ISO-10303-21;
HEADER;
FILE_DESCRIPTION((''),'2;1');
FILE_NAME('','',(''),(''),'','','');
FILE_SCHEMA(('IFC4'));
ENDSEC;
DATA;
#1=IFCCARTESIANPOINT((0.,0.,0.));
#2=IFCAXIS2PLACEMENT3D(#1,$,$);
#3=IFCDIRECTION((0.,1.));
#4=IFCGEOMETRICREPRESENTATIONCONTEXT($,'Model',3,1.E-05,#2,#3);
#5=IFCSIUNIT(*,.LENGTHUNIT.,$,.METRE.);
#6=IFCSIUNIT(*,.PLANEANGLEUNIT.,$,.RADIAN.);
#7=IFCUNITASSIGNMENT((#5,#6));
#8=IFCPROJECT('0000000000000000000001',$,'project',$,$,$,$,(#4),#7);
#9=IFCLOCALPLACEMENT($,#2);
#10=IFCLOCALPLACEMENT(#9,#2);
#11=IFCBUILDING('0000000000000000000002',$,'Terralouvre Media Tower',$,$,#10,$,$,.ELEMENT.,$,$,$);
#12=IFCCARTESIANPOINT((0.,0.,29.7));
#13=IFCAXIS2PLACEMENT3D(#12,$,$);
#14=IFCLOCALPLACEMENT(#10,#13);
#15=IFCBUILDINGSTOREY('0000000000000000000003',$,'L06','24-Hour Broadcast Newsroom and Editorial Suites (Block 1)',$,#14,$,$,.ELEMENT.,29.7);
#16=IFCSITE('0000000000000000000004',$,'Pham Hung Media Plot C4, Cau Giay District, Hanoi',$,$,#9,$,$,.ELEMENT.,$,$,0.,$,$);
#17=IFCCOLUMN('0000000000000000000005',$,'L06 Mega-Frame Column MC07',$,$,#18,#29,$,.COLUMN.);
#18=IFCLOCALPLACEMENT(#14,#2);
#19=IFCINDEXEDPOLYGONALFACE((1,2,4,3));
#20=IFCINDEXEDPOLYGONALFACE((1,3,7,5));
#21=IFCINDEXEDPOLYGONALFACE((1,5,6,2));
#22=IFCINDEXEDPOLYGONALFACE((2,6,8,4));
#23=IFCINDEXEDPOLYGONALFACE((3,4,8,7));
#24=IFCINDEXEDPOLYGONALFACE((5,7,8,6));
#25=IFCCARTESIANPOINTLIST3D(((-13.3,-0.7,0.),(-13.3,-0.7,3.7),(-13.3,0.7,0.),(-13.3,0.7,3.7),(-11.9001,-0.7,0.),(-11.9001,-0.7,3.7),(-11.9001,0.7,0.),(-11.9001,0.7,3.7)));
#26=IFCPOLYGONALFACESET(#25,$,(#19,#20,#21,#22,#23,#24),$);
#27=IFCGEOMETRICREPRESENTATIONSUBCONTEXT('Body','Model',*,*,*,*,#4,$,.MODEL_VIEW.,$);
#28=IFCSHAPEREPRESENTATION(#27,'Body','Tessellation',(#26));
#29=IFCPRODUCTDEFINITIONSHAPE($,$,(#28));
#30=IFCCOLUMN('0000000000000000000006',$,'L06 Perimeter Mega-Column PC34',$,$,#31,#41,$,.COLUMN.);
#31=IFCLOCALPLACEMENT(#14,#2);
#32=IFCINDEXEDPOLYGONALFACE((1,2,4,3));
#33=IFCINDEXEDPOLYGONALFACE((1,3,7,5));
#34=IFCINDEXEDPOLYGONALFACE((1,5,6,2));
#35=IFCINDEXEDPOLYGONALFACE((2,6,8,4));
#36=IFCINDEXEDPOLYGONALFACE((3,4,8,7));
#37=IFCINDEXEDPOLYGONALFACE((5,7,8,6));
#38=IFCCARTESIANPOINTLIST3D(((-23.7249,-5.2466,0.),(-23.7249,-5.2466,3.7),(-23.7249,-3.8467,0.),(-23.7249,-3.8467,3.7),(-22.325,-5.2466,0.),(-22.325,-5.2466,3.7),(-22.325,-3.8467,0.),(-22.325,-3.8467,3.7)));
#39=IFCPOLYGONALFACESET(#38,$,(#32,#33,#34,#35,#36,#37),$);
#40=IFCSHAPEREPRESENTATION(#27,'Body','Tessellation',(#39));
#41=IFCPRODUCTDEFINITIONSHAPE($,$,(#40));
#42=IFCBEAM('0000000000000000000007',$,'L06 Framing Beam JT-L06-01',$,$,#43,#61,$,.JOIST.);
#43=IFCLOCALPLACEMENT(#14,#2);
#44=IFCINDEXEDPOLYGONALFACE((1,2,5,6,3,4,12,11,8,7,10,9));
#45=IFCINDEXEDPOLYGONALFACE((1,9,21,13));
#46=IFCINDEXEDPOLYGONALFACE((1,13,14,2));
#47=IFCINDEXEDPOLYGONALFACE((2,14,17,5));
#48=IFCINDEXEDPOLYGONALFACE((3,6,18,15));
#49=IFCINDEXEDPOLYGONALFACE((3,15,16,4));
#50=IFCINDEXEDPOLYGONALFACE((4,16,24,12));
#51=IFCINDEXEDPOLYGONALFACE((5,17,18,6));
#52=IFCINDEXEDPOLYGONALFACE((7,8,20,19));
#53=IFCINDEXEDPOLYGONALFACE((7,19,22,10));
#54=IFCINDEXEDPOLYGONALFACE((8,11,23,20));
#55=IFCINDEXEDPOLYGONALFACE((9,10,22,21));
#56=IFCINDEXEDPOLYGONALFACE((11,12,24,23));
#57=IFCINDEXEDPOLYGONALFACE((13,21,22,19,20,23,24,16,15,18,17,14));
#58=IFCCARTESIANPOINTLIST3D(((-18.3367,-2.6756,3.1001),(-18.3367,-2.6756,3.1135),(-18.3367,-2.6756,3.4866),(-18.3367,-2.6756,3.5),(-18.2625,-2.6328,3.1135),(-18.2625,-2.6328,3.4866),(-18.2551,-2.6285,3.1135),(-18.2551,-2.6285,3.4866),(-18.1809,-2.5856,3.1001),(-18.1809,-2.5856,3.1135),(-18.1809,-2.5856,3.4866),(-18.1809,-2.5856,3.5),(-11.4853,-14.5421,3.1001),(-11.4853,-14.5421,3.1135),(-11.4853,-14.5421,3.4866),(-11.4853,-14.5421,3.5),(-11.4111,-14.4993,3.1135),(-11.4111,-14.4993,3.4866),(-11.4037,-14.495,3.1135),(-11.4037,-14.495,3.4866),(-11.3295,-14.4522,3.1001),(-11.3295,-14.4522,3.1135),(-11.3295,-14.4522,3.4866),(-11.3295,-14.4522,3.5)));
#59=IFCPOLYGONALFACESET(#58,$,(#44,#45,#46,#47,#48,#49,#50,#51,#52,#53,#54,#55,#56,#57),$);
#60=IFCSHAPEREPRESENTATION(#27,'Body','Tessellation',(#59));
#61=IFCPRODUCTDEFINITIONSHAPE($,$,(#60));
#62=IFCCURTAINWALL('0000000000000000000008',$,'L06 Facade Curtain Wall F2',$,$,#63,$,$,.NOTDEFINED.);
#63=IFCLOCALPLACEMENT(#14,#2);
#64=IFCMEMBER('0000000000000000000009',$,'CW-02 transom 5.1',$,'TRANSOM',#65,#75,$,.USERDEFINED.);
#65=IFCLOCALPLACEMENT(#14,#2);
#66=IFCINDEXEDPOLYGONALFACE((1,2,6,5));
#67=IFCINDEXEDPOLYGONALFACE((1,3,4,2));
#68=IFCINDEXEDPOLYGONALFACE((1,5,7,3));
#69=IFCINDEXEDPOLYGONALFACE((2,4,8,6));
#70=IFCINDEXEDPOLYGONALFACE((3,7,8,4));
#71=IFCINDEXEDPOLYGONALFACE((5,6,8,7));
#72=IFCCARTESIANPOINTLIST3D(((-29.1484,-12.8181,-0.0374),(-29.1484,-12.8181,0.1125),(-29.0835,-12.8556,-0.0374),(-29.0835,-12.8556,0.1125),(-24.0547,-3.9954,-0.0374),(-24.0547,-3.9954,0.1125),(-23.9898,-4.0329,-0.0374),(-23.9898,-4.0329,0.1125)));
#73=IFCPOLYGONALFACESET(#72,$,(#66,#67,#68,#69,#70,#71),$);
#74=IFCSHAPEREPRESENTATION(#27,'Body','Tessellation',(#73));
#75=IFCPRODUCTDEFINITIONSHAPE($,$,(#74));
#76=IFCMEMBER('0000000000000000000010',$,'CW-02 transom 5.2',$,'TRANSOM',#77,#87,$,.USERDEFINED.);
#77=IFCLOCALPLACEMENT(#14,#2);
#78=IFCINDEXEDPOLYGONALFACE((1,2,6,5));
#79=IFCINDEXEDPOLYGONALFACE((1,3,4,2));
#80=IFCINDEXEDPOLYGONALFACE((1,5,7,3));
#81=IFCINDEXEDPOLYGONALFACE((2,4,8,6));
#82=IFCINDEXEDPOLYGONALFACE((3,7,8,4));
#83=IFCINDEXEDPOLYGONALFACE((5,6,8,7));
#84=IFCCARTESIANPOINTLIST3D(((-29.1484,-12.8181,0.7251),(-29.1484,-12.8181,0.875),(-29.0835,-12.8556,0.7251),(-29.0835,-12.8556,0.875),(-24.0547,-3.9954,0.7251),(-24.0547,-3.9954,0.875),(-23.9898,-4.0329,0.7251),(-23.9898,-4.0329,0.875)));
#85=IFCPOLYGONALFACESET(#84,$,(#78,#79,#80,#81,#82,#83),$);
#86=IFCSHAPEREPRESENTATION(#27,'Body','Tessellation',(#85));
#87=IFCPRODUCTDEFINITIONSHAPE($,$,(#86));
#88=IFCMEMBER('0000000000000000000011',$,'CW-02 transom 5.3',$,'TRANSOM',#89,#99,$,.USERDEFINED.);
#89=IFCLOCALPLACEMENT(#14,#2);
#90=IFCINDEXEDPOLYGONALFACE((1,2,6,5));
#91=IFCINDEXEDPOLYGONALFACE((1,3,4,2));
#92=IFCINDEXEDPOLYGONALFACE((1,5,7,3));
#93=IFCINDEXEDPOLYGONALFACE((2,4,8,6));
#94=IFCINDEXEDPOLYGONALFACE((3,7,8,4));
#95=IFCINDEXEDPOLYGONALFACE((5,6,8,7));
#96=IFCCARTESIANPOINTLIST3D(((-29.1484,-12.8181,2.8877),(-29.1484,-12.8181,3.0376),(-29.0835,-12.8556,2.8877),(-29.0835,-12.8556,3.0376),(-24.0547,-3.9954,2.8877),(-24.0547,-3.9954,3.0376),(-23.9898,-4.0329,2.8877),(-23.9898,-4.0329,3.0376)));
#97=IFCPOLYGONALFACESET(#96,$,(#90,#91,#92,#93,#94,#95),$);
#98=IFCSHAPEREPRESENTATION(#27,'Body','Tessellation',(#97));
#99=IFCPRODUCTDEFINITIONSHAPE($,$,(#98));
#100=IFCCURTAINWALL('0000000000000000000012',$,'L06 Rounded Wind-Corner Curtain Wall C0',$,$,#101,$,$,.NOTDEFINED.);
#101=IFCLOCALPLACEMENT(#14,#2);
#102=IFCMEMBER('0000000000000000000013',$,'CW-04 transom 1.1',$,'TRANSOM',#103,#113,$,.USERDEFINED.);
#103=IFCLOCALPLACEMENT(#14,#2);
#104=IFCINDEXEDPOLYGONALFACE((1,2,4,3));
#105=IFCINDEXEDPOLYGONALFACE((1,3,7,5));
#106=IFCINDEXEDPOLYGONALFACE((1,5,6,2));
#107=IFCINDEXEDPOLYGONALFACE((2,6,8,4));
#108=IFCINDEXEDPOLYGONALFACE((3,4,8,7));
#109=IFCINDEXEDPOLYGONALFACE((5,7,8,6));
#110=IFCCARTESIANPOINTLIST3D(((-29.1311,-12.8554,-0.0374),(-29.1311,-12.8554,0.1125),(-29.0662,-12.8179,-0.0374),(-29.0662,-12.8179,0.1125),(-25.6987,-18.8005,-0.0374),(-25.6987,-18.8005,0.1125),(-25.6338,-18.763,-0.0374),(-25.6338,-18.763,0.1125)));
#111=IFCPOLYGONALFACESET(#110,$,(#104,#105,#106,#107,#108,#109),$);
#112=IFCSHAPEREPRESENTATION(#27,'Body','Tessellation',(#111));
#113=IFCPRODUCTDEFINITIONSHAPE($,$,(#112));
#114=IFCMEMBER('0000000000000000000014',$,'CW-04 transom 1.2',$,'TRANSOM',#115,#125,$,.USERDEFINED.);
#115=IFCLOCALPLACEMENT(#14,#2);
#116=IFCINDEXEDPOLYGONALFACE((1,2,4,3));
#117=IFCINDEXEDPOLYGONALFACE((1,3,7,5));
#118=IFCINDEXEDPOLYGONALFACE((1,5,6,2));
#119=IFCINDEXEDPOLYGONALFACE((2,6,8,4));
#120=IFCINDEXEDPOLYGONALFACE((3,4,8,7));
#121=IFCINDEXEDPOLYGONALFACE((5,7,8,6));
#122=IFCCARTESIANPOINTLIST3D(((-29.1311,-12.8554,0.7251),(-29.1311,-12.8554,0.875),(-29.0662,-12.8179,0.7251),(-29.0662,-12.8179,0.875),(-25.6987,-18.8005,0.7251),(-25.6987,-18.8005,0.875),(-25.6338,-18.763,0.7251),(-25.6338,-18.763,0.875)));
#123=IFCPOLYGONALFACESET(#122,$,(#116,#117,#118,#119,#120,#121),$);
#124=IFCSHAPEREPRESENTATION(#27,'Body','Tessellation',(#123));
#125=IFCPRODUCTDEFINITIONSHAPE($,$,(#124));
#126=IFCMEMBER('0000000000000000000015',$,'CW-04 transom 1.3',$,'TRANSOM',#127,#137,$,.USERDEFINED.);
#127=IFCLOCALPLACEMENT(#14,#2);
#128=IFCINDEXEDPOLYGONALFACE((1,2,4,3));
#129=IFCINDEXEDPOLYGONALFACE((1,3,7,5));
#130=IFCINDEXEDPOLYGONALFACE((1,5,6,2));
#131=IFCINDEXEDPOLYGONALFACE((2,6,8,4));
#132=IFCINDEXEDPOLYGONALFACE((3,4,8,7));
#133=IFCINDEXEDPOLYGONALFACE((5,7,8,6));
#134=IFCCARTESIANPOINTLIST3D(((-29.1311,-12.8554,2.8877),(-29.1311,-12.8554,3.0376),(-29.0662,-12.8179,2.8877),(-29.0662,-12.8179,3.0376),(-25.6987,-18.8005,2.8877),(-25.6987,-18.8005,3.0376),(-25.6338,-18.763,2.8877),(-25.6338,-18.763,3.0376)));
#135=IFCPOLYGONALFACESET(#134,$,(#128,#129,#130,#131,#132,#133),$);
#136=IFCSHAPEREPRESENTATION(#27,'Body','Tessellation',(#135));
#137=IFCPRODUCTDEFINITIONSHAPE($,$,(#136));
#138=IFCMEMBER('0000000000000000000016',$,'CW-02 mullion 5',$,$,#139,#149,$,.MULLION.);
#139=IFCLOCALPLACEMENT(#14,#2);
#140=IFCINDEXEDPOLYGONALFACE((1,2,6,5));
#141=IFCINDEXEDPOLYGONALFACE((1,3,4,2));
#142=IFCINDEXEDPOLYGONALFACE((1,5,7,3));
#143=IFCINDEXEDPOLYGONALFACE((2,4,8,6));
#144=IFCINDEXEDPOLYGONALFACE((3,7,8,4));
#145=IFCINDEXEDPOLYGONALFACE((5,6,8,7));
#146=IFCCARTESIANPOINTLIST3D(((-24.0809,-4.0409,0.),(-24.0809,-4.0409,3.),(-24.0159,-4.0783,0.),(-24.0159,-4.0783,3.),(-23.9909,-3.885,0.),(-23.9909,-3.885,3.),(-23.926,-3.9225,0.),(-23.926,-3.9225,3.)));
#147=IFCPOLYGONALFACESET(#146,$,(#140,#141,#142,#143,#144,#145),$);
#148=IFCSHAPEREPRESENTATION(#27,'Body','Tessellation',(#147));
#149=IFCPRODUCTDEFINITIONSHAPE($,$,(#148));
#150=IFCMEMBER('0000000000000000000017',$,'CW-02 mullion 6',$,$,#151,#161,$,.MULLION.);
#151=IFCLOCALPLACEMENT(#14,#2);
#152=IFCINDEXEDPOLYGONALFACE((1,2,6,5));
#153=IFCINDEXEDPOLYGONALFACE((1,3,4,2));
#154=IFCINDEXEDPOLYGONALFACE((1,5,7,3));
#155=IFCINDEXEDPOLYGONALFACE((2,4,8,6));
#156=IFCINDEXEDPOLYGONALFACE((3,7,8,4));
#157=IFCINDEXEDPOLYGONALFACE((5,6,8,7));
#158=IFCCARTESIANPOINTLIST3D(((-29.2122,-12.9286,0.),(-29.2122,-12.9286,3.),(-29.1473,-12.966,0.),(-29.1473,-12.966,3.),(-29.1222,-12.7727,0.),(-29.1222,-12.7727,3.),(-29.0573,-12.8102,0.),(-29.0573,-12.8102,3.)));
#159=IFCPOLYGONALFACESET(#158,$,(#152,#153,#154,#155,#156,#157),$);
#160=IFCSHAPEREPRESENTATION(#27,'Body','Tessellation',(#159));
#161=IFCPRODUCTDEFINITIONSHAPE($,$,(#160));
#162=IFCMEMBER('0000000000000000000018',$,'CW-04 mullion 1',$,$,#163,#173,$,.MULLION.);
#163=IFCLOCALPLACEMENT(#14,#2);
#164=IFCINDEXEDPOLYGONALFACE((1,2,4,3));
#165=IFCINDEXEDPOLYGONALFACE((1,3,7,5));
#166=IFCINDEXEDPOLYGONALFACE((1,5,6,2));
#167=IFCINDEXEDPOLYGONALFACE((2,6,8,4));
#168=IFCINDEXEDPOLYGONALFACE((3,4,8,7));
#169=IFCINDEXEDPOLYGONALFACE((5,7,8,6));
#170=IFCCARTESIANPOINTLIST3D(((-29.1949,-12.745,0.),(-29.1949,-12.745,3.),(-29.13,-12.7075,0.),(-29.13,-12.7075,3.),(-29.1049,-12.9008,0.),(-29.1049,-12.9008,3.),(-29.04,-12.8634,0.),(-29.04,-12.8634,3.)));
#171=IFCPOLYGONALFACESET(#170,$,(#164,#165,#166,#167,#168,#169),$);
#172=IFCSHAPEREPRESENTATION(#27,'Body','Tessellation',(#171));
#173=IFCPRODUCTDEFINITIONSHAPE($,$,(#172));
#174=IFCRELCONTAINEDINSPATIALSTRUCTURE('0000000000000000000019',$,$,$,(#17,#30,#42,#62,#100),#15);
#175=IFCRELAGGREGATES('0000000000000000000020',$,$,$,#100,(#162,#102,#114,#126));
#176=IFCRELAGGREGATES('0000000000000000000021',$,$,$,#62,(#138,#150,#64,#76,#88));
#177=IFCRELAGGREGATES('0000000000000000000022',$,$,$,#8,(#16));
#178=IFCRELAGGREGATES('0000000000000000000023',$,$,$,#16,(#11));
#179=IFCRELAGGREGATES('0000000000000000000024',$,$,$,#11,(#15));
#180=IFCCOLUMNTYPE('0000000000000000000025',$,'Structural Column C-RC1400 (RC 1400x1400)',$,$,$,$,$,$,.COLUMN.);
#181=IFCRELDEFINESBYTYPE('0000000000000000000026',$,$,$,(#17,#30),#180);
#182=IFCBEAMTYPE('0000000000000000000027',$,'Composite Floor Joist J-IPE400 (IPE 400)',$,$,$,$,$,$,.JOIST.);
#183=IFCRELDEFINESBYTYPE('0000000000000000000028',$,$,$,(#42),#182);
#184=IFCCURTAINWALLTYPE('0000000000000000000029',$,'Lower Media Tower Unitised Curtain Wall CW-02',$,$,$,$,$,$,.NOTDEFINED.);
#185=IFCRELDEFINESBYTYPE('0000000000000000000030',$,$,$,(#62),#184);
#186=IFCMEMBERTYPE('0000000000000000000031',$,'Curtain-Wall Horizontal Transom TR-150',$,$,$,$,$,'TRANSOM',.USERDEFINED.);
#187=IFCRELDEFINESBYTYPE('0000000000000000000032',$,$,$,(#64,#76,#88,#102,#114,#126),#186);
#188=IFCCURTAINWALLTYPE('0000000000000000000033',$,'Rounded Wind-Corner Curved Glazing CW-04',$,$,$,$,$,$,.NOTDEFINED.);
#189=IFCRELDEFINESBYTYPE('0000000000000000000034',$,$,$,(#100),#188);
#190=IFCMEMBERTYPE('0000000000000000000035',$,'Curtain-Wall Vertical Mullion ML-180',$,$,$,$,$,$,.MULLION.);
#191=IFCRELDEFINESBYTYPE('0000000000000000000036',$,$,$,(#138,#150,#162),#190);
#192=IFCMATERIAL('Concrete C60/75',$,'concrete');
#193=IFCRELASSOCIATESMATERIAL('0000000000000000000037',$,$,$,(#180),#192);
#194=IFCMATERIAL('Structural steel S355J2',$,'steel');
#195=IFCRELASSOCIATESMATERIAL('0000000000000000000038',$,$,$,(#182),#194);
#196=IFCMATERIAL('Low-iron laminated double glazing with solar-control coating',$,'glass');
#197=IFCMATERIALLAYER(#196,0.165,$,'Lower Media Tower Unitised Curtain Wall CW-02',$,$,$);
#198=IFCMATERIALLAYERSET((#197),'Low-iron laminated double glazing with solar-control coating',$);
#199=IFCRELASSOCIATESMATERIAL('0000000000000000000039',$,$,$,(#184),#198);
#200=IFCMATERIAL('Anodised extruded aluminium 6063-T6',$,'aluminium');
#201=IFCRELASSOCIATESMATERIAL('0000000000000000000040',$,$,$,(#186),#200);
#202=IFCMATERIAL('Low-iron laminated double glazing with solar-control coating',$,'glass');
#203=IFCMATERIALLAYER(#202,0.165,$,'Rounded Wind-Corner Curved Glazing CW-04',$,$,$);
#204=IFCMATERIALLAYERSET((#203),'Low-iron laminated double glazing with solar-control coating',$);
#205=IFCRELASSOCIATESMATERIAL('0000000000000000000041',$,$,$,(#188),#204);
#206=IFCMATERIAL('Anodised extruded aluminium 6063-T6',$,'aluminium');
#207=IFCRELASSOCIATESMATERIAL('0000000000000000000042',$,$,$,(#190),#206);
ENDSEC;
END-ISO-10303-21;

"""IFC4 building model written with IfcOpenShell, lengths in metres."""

from ifc_helpers import new_model, si_unit, direction, frame, origin, origin_2d, place, context, subcontext, project, spatial, rectangle, i_section, extrude, material, layer, layer_set, material_profile, profile_set, type_object, element, aggregate, save


model = new_model("IFC4")

# Units and contexts
model_context = context("Model", 3, precision=1e-05, world=origin(), true_north=direction((0.0, 1.0)))
body_context = subcontext(model_context, "Body", "Model", "MODEL_VIEW")
ifc_project = project(units=[si_unit("LENGTHUNIT", "METRE"), si_unit("PLANEANGLEUNIT", "RADIAN")], contexts=[model_context])

# Site, building, storey
site_placement = place(None, origin())
site = spatial("IfcSite", under=ifc_project, at=site_placement, Name="Pham Hung Media Plot C4, Cau Giay District, Hanoi", CompositionType="ELEMENT", RefElevation=0.0)
building_placement = place(site_placement, origin())
building = spatial("IfcBuilding", under=site, at=building_placement, Name="Terralouvre Media Tower", CompositionType="ELEMENT")
storey_placement = place(building_placement, frame((0.0, 0.0, 29.7)))
storey = spatial("IfcBuildingStorey", under=building, at=storey_placement, Name="L06", Description="24-Hour Broadcast Newsroom and Editorial Suites (Block 1)", CompositionType="ELEMENT", Elevation=29.7)

# Columns
ifc_material_1 = material(Name="Concrete C60/75", Category="concrete")
ifc_material_profile_1 = material_profile(ifc_material_1, rectangle(XDim=1.3999, YDim=1.3999, at=origin_2d()), Name="RC 1400x1400")
ifc_profile_set_1 = profile_set([ifc_material_profile_1], Name="Concrete C60/75")
column_type = type_object("IfcColumnType", Name="Structural Column C-RC1400 (RC 1400x1400)", PredefinedType="COLUMN", material=ifc_profile_set_1)
for number, where, z_axis, x_axis, name in (
    (1, (-12.6001, 0.0, 0.0), (0.0, 0.0, 1.0), (1.0, 0.0, 0.0), "L06 Mega-Frame Column MC07"),
    (2, (-23.0249, -4.5466, 0.0), (0.0, 0.0, 1.0), (1.0, 0.0, 0.0), "L06 Perimeter Mega-Column PC34"),
):
    element("IfcColumn", number, at=place(storey_placement, frame(where, z_axis=z_axis, x_axis=x_axis)), inside=storey, type_object=column_type, Name=name, PredefinedType="COLUMN", context=body_context, shape_type="SweptSolid", body=[
        extrude(rectangle(XDim=1.3999, YDim=1.3999, at=origin_2d()), origin(), (0.0, 0.0, 1.0), 3.7),
    ])

# Beam
ifc_material_2 = material(Name="Structural steel S355J2", Category="steel")
ifc_material_profile_2 = material_profile(ifc_material_2, i_section(OverallWidth=0.1799, OverallDepth=0.3999, WebThickness=0.0085, FlangeThickness=0.0134, at=origin_2d()), Name="IPE 400")
ifc_profile_set_2 = profile_set([ifc_material_profile_2], Name="Structural steel S355J2")
beam_type_1 = type_object("IfcBeamType", Name="Composite Floor Joist J-IPE400 (IPE 400)", PredefinedType="JOIST", material=ifc_profile_set_2)
beam_1_placement = place(storey_placement, frame((-18.2588, -2.6306, 3.3), z_axis=(0.500012, -0.866019, 0.0), x_axis=(0.866019, 0.500012, 0.0)))
element("IfcBeam", 3, at=beam_1_placement, inside=storey, type_object=beam_type_1, Name="L06 Framing Beam JT-L06-01", PredefinedType="JOIST", context=body_context, shape_type="SweptSolid", body=[
    extrude(i_section(OverallWidth=0.1799, OverallDepth=0.3999, WebThickness=0.0085, FlangeThickness=0.0134, at=origin_2d()), origin(), (0.0, 0.0, 1.0), 13.7024),
])

# Curtain walls, members
ifc_material_3 = material(Name="Low-iron laminated double glazing with solar-control coating", Category="glass")
ifc_layer_1 = layer(ifc_material_3, 0.165, Name="Lower Media Tower Unitised Curtain Wall CW-02")
ifc_layer_set_1 = layer_set([ifc_layer_1], Name="Low-iron laminated double glazing with solar-control coating")
curtain_wall_type_1 = type_object("IfcCurtainWallType", Name="Lower Media Tower Unitised Curtain Wall CW-02", PredefinedType="NOTDEFINED", material=ifc_layer_set_1)
curtain_wall_1_placement = place(storey_placement, origin())
curtain_wall_1 = element("IfcCurtainWall", 4, at=curtain_wall_1_placement, inside=storey, type_object=curtain_wall_type_1, Name="L06 Facade Curtain Wall F2", PredefinedType="NOTDEFINED")
ifc_material_4 = material(Name="Anodised extruded aluminium 6063-T6", Category="aluminium")
ifc_material_profile_3 = material_profile(ifc_material_4, rectangle(XDim=0.075, YDim=0.1499, at=origin_2d()), Name="ALU 75x150")
ifc_profile_set_3 = profile_set([ifc_material_profile_3], Name="Anodised extruded aluminium 6063-T6")
member_type_1 = type_object("IfcMemberType", Name="Curtain-Wall Horizontal Transom TR-150", ElementType="TRANSOM", PredefinedType="USERDEFINED", material=ifc_profile_set_3)
member_1_placement = place(storey_placement, frame((-24.0222, -4.0142, 0.0376), z_axis=(-0.499995, -0.866028, 0.0), x_axis=(0.866028, -0.499995, 0.0)))
member_1 = element("IfcMember", 5, at=member_1_placement, type_object=member_type_1, Name="CW-02 transom 5.1", ObjectType="TRANSOM", PredefinedType="USERDEFINED", context=body_context, shape_type="SweptSolid", body=[
    extrude(rectangle(XDim=0.075, YDim=0.1499, at=origin_2d()), origin(), (0.0, 0.0, 1.0), 10.1875),
])
member_2_placement = place(storey_placement, frame((-24.0222, -4.0142, 0.8), z_axis=(-0.499995, -0.866028, 0.0), x_axis=(0.866028, -0.499995, 0.0)))
member_2 = element("IfcMember", 6, at=member_2_placement, type_object=member_type_1, Name="CW-02 transom 5.2", ObjectType="TRANSOM", PredefinedType="USERDEFINED", context=body_context, shape_type="SweptSolid", body=[
    extrude(rectangle(XDim=0.075, YDim=0.1499, at=origin_2d()), origin(), (0.0, 0.0, 1.0), 10.1875),
])
member_3_placement = place(storey_placement, frame((-24.0222, -4.0142, 2.9626), z_axis=(-0.499995, -0.866028, 0.0), x_axis=(0.866028, -0.499995, 0.0)))
member_3 = element("IfcMember", 7, at=member_3_placement, type_object=member_type_1, Name="CW-02 transom 5.3", ObjectType="TRANSOM", PredefinedType="USERDEFINED", context=body_context, shape_type="SweptSolid", body=[
    extrude(rectangle(XDim=0.075, YDim=0.1499, at=origin_2d()), origin(), (0.0, 0.0, 1.0), 10.1875),
])
ifc_material_5 = material(Name="Low-iron laminated double glazing with solar-control coating", Category="glass")
ifc_layer_2 = layer(ifc_material_5, 0.165, Name="Rounded Wind-Corner Curved Glazing CW-04")
ifc_layer_set_2 = layer_set([ifc_layer_2], Name="Low-iron laminated double glazing with solar-control coating")
curtain_wall_type_2 = type_object("IfcCurtainWallType", Name="Rounded Wind-Corner Curved Glazing CW-04", PredefinedType="NOTDEFINED", material=ifc_layer_set_2)
curtain_wall_2_placement = place(storey_placement, origin())
curtain_wall_2 = element("IfcCurtainWall", 8, at=curtain_wall_2_placement, inside=storey, type_object=curtain_wall_type_2, Name="L06 Rounded Wind-Corner Curtain Wall C0", PredefinedType="NOTDEFINED")
member_4_placement = place(storey_placement, frame((-29.0986, -12.8367, 0.0376), z_axis=(0.499998, -0.866026, 0.0), x_axis=(0.866026, 0.499998, 0.0)))
member_4 = element("IfcMember", 9, at=member_4_placement, type_object=member_type_1, Name="CW-04 transom 1.1", ObjectType="TRANSOM", PredefinedType="USERDEFINED", context=body_context, shape_type="SweptSolid", body=[
    extrude(rectangle(XDim=0.075, YDim=0.1499, at=origin_2d()), origin(), (0.0, 0.0, 1.0), 6.8647),
])
member_5_placement = place(storey_placement, frame((-29.0986, -12.8367, 0.8), z_axis=(0.499998, -0.866026, 0.0), x_axis=(0.866026, 0.499998, 0.0)))
member_5 = element("IfcMember", 10, at=member_5_placement, type_object=member_type_1, Name="CW-04 transom 1.2", ObjectType="TRANSOM", PredefinedType="USERDEFINED", context=body_context, shape_type="SweptSolid", body=[
    extrude(rectangle(XDim=0.075, YDim=0.1499, at=origin_2d()), origin(), (0.0, 0.0, 1.0), 6.8647),
])
member_6_placement = place(storey_placement, frame((-29.0986, -12.8367, 2.9626), z_axis=(0.499998, -0.866026, 0.0), x_axis=(0.866026, 0.499998, 0.0)))
member_6 = element("IfcMember", 11, at=member_6_placement, type_object=member_type_1, Name="CW-04 transom 1.3", ObjectType="TRANSOM", PredefinedType="USERDEFINED", context=body_context, shape_type="SweptSolid", body=[
    extrude(rectangle(XDim=0.075, YDim=0.1499, at=origin_2d()), origin(), (0.0, 0.0, 1.0), 6.8647),
])

# Members
ifc_material_6 = material(Name="Anodised extruded aluminium 6063-T6", Category="aluminium")
ifc_material_profile_4 = material_profile(ifc_material_6, rectangle(XDim=0.075, YDim=0.1799, at=origin_2d()), Name="ALU 75x180")
ifc_profile_set_4 = profile_set([ifc_material_profile_4], Name="Anodised extruded aluminium 6063-T6")
member_type_2 = type_object("IfcMemberType", Name="Curtain-Wall Vertical Mullion ML-180", PredefinedType="MULLION", material=ifc_profile_set_4)
member_7_placement = place(storey_placement, frame((-24.0034, -3.9817, 0.0), z_axis=(0.0, 0.0, 1.0), x_axis=(0.866025, -0.5, 0.0)))
member_7 = element("IfcMember", 12, at=member_7_placement, type_object=member_type_2, Name="CW-02 mullion 5", PredefinedType="MULLION", context=body_context, shape_type="SweptSolid", body=[
    extrude(rectangle(XDim=0.075, YDim=0.1799, at=origin_2d()), origin(), (0.0, 0.0, 1.0), 3.0),
])
member_8_placement = place(storey_placement, frame((-29.1348, -12.8694, 0.0), z_axis=(0.0, 0.0, 1.0), x_axis=(0.866025, -0.5, 0.0)))
member_8 = element("IfcMember", 13, at=member_8_placement, type_object=member_type_2, Name="CW-02 mullion 6", PredefinedType="MULLION", context=body_context, shape_type="SweptSolid", body=[
    extrude(rectangle(XDim=0.075, YDim=0.1799, at=origin_2d()), origin(), (0.0, 0.0, 1.0), 3.0),
])
member_9_placement = place(storey_placement, frame((-29.1174, -12.8042, 0.0), z_axis=(0.0, 0.0, 1.0), x_axis=(0.866026, 0.5, 0.0)))
member_9 = element("IfcMember", 14, at=member_9_placement, type_object=member_type_2, Name="CW-04 mullion 1", PredefinedType="MULLION", context=body_context, shape_type="SweptSolid", body=[
    extrude(rectangle(XDim=0.075, YDim=0.1799, at=origin_2d()), origin(), (0.0, 0.0, 1.0), 3.0),
])
aggregate(curtain_wall_2, [member_9, member_4, member_5, member_6])

aggregate(curtain_wall_1, [member_7, member_8, member_1, member_2, member_3])

save(model, "model.ifc")
